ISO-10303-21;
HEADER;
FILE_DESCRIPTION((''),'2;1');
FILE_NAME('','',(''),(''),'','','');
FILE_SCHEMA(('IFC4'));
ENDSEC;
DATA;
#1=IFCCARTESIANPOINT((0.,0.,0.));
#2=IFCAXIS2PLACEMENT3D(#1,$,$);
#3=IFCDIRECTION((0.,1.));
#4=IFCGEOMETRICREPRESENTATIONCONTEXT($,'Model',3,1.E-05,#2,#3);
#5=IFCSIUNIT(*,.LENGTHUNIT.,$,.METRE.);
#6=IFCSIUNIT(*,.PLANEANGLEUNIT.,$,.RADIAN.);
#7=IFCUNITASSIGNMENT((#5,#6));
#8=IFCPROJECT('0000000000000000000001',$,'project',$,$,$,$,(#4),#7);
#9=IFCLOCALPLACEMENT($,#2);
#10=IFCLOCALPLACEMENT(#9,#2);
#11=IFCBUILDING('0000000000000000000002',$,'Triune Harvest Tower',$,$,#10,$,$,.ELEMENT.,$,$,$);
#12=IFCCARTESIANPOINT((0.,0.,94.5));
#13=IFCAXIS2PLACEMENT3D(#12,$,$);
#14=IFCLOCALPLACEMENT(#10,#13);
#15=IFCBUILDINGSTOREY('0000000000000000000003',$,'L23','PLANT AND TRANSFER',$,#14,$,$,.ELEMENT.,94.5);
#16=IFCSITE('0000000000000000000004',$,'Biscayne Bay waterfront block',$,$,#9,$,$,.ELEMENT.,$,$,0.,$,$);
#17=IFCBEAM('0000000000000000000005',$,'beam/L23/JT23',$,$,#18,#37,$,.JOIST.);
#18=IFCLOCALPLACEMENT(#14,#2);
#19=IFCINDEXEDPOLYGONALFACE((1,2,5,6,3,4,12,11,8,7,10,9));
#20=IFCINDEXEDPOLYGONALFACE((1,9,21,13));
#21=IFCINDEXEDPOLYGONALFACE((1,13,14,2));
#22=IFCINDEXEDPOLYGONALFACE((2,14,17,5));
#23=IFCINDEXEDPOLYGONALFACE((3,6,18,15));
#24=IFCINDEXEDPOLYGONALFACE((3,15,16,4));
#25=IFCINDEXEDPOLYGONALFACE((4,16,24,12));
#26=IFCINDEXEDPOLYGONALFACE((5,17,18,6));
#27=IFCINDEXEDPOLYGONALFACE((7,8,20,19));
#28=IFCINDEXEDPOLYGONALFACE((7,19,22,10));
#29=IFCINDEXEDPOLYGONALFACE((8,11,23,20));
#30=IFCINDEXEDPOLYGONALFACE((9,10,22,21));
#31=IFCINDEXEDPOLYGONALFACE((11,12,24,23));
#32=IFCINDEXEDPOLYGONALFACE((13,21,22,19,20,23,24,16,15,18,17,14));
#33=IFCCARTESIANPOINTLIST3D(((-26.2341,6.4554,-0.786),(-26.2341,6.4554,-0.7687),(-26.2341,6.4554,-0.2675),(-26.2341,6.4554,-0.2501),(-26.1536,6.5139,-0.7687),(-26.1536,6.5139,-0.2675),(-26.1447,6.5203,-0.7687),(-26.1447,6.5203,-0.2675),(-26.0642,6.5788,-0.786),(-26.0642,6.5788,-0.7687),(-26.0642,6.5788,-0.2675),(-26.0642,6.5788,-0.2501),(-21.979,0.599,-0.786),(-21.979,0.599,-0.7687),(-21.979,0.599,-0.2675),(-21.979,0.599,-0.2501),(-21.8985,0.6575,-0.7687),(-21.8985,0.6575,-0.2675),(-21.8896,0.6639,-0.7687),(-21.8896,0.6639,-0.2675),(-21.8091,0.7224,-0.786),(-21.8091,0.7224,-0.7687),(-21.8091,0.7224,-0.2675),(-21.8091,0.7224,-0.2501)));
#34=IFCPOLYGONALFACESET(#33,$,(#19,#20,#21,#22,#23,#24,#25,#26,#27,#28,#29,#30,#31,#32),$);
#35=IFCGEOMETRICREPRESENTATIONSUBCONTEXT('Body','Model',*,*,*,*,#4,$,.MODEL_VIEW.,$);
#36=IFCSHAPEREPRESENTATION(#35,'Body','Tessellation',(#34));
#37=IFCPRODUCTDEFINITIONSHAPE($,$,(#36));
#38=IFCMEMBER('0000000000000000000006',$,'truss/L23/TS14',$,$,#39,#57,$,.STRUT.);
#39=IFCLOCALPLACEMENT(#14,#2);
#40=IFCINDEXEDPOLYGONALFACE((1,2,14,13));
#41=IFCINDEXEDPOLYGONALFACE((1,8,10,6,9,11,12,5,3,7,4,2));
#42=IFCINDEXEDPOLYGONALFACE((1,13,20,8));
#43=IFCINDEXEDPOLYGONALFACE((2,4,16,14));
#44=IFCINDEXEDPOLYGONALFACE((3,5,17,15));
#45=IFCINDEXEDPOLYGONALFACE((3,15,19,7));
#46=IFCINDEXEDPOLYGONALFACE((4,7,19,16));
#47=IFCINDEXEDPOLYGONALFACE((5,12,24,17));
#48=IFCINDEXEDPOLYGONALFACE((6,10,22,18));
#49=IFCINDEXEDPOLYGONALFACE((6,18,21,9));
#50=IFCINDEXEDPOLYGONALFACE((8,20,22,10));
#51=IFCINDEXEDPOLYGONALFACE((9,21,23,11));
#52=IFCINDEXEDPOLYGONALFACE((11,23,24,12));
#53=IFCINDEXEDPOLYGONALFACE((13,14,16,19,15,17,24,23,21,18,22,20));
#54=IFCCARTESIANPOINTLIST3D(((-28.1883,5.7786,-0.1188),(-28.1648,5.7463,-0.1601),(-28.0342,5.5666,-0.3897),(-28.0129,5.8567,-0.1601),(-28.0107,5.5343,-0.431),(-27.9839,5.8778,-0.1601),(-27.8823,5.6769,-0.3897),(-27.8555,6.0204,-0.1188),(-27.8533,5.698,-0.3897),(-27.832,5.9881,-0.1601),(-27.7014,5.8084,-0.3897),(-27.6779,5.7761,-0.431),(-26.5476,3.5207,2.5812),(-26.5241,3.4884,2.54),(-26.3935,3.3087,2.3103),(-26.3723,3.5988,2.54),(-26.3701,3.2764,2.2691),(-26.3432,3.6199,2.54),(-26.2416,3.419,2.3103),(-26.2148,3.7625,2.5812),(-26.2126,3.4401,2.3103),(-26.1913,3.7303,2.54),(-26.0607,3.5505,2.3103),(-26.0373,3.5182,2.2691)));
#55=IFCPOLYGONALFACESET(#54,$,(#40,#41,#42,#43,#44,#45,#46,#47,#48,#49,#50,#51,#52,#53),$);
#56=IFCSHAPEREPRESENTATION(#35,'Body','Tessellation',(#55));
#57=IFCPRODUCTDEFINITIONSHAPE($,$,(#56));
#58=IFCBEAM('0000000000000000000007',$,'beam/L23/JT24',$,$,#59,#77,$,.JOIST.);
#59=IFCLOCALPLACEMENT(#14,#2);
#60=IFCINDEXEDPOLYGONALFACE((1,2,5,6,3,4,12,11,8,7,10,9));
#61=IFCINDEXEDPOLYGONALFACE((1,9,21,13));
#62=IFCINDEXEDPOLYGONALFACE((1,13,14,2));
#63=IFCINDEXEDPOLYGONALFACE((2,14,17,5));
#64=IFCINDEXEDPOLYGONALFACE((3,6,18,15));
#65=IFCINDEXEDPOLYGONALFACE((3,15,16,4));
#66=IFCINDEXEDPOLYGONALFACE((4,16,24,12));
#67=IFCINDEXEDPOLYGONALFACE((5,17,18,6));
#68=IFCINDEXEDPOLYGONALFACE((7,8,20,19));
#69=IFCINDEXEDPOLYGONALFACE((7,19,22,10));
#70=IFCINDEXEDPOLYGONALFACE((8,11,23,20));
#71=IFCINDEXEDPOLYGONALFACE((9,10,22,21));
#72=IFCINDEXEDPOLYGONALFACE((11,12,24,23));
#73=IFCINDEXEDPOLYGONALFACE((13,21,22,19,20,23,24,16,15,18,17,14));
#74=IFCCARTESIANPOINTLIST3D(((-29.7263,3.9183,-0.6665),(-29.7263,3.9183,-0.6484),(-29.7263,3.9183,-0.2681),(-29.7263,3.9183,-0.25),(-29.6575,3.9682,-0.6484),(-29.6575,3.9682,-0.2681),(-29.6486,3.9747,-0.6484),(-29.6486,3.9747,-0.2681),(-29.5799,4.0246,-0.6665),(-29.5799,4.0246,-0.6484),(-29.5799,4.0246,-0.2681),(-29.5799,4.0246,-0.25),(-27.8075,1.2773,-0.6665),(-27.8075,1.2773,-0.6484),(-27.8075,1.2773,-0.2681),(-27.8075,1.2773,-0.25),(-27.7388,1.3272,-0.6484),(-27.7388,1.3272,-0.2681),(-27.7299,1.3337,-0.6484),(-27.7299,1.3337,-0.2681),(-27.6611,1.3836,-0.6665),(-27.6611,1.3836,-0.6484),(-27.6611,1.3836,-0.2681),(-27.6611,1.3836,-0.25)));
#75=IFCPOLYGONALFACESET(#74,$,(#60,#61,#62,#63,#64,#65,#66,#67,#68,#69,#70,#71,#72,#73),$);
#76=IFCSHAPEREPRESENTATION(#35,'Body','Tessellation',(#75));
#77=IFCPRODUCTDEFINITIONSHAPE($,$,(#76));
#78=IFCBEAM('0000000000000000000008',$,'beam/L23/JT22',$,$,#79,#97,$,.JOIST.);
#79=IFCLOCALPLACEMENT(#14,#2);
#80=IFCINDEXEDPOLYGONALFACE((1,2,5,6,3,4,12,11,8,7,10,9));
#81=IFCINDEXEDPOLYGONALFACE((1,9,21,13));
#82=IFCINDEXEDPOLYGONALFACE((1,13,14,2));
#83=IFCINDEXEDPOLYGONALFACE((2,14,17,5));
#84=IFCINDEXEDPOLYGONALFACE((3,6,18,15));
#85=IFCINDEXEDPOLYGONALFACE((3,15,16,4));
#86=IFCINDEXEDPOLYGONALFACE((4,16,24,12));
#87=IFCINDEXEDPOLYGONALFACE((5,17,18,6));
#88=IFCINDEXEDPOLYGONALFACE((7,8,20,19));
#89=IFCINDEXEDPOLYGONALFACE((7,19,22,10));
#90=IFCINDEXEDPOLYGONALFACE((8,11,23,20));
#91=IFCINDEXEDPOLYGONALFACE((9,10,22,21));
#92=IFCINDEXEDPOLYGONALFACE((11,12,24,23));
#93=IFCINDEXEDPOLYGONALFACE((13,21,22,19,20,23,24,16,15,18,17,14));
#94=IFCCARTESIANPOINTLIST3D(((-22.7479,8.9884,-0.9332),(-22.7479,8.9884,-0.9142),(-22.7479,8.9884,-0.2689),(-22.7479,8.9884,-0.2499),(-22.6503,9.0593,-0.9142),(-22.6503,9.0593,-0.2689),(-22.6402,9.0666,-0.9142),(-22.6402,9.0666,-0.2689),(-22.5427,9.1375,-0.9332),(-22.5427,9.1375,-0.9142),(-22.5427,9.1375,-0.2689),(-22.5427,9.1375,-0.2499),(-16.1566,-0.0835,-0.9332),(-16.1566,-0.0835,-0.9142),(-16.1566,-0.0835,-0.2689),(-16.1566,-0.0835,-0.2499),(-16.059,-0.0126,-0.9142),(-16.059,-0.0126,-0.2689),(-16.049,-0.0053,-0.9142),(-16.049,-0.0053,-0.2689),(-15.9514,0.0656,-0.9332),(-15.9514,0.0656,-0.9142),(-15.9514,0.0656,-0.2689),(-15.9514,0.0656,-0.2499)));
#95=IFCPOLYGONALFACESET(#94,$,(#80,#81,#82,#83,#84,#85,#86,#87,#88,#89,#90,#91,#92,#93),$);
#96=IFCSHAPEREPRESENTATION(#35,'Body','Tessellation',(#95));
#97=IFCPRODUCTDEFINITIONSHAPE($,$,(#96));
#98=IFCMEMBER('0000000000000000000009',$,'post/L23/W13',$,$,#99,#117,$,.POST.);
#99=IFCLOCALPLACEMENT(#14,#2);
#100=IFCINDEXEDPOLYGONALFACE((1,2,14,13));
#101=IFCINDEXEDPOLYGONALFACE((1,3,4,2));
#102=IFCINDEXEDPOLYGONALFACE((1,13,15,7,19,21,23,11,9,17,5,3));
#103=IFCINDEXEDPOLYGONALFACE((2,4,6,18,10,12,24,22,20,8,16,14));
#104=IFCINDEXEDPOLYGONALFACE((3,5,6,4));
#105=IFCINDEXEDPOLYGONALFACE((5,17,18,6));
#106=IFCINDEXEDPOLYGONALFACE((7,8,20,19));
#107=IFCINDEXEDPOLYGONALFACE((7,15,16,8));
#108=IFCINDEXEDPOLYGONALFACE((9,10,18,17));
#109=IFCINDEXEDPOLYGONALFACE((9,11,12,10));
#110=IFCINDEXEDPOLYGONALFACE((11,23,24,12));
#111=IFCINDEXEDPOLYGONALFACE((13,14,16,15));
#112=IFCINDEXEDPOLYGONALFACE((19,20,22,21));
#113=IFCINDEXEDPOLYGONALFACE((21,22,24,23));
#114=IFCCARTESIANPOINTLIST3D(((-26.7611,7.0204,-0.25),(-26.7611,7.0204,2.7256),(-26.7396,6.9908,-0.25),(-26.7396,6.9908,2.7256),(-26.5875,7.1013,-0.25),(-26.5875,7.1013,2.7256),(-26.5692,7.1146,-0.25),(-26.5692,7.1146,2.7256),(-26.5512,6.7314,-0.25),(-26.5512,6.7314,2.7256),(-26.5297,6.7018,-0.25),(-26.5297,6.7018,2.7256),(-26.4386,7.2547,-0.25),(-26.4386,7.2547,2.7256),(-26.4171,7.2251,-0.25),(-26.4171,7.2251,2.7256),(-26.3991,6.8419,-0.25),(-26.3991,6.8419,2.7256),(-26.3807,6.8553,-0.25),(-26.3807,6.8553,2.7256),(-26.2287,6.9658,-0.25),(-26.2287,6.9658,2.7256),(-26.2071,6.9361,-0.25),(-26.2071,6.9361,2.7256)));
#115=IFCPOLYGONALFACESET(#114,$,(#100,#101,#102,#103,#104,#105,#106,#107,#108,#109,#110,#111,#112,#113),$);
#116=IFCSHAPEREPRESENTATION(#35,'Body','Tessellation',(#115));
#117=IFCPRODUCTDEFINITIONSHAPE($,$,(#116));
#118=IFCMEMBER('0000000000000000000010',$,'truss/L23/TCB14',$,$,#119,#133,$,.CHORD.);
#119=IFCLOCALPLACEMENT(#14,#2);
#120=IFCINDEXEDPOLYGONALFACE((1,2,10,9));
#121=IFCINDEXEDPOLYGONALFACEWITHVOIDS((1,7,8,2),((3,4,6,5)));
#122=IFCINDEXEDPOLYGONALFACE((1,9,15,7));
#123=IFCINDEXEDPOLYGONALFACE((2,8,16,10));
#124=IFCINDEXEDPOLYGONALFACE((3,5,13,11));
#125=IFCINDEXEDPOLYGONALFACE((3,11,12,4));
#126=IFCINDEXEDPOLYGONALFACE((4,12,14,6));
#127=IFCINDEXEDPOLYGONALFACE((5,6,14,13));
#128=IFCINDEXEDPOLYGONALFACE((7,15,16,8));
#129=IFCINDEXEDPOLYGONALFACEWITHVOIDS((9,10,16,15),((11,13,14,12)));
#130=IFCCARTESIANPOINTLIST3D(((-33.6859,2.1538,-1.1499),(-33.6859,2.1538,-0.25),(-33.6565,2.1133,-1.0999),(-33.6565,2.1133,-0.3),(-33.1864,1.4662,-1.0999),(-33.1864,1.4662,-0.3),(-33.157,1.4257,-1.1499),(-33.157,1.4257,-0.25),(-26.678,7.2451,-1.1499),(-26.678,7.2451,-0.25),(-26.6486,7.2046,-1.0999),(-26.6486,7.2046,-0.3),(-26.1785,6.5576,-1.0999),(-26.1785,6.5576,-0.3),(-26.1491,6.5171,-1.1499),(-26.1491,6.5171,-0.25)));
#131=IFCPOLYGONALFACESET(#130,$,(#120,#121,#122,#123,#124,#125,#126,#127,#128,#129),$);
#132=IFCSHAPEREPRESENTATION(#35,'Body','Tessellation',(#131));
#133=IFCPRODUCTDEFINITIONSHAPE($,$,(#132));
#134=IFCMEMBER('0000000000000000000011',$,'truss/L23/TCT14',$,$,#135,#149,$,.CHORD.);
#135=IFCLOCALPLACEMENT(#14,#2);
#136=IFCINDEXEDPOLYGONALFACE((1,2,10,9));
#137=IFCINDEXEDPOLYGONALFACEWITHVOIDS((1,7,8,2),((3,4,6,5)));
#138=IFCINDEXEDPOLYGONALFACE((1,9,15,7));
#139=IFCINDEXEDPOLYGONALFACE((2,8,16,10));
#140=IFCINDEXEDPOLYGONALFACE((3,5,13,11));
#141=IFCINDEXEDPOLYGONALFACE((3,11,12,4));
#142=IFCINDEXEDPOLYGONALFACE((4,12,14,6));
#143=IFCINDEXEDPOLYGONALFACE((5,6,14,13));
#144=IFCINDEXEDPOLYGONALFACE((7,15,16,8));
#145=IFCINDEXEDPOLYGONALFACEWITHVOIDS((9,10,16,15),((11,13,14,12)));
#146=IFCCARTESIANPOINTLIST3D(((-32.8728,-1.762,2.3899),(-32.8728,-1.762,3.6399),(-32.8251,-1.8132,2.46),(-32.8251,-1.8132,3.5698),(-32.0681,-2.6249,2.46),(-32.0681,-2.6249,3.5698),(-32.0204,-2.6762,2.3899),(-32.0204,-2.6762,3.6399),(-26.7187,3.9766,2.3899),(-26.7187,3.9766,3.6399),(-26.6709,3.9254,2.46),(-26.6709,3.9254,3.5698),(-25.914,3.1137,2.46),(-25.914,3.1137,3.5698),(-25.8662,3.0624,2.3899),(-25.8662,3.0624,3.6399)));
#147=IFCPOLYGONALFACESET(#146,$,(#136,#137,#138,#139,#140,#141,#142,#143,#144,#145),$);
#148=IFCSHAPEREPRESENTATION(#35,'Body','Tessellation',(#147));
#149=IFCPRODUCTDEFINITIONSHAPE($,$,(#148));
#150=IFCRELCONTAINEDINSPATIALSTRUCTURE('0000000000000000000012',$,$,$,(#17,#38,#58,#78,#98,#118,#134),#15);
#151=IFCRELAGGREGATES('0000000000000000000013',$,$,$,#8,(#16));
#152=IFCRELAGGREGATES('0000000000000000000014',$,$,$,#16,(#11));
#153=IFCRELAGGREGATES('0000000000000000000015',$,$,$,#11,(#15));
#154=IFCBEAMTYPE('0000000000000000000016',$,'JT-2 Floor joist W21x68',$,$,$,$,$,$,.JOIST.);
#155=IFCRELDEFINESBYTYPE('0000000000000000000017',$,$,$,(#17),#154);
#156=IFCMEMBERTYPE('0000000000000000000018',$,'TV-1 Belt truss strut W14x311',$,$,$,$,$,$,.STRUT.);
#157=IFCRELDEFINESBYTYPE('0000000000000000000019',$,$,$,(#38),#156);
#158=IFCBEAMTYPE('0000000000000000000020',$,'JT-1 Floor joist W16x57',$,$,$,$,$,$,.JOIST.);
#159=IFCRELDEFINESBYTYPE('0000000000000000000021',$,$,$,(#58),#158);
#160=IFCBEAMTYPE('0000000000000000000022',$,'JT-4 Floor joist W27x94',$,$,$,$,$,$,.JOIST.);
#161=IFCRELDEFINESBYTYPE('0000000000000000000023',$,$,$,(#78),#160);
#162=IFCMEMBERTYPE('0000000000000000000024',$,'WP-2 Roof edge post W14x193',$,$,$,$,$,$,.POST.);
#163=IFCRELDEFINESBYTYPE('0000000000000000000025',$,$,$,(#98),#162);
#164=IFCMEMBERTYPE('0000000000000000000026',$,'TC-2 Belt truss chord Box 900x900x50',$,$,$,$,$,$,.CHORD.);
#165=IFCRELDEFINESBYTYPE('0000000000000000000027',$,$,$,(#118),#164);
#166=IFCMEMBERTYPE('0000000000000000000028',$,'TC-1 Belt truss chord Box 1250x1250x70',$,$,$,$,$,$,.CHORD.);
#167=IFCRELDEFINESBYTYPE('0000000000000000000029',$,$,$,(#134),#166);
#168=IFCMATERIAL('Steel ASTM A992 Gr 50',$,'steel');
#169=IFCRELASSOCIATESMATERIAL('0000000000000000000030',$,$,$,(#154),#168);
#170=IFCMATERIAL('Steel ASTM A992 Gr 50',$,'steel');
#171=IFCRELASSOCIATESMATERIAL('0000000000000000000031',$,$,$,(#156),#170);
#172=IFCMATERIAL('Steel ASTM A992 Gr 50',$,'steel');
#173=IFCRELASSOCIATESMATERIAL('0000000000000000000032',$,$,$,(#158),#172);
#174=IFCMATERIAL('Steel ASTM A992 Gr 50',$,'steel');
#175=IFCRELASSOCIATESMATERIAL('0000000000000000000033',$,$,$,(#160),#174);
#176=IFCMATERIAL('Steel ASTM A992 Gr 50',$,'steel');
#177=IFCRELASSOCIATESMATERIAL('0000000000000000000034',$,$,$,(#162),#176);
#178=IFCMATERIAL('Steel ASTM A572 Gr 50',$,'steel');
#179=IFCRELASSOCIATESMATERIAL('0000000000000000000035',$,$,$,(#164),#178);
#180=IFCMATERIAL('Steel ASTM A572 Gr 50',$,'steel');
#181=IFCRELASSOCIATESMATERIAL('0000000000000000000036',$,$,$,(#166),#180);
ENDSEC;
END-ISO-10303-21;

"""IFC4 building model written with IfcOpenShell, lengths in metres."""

from ifc_helpers import new_model, si_unit, direction, frame, origin, origin_2d, place, context, subcontext, project, spatial, hollow_rectangle, i_section, extrude, source, transform, mapped, material, material_profile, profile_set, type_object, element, save


model = new_model("IFC4")

# Units and contexts
model_context = context("Model", 3, precision=1e-05, world=origin(), true_north=direction((0.0, 1.0)))
body_context = subcontext(model_context, "Body", "Model", "MODEL_VIEW")
ifc_project = project(units=[si_unit("LENGTHUNIT", "METRE"), si_unit("PLANEANGLEUNIT", "RADIAN")], contexts=[model_context])

# Site, building, storey
site_placement = place(None, origin())
site = spatial("IfcSite", under=ifc_project, at=site_placement, Name="Biscayne Bay waterfront block", CompositionType="ELEMENT", RefElevation=0.0)
building_placement = place(site_placement, origin())
building = spatial("IfcBuilding", under=site, at=building_placement, Name="Triune Harvest Tower", CompositionType="ELEMENT")
storey_placement = place(building_placement, frame((0.0, 0.0, 94.5)))
storey = spatial("IfcBuildingStorey", under=building, at=storey_placement, Name="L23", Description="PLANT AND TRANSFER", CompositionType="ELEMENT", Elevation=94.5)

# Beam
ifc_material_1 = material(Name="Steel ASTM A992 Gr 50", Category="steel")
ifc_material_profile_1 = material_profile(ifc_material_1, i_section(OverallWidth=0.21, OverallDepth=0.5359, WebThickness=0.011, FlangeThickness=0.0173, at=origin_2d()), Name="W21x68")
ifc_profile_set_1 = profile_set([ifc_material_profile_1], Name="Steel ASTM A992 Gr 50")
beam_type_1 = type_object("IfcBeamType", Name="JT-2 Floor joist W21x68", PredefinedType="JOIST", material=ifc_profile_set_1)
beam_1_placement = place(storey_placement, frame((-26.1492, 6.5171, -0.5181), z_axis=(0.587801, -0.809006, 0.0), x_axis=(0.809006, 0.587801, 0.0)))
element("IfcBeam", 1, at=beam_1_placement, inside=storey, type_object=beam_type_1, Name="beam/L23/JT23", PredefinedType="JOIST", context=body_context, shape_type="SweptSolid", body=[
    extrude(i_section(OverallWidth=0.21, OverallDepth=0.5359, WebThickness=0.011, FlangeThickness=0.0173, at=origin_2d()), origin(), (0.0, 0.0, 1.0), 7.239),
])

# Member
ifc_material_2 = material(Name="Steel ASTM A992 Gr 50", Category="steel")
ifc_material_profile_2 = material_profile(ifc_material_2, i_section(OverallWidth=0.4114, OverallDepth=0.4343, WebThickness=0.0359, FlangeThickness=0.0574, at=origin_2d()), Name="W14x311")
ifc_profile_set_2 = profile_set([ifc_material_profile_2], Name="Steel ASTM A992 Gr 50")
member_type_1 = type_object("IfcMemberType", Name="TV-1 Belt truss strut W14x311", PredefinedType="STRUT", material=ifc_profile_set_2)
member_1_placement = place(storey_placement, frame((-27.9331, 5.7773, -0.2749), z_axis=(0.422495, -0.581434, 0.695293), x_axis=(0.808978, 0.587839, 0.0)))
element("IfcMember", 2, at=member_1_placement, inside=storey, type_object=member_type_1, Name="truss/L23/TS14", PredefinedType="STRUT", context=body_context, shape_type="SweptSolid", body=[
    extrude(i_section(OverallWidth=0.4114, OverallDepth=0.4343, WebThickness=0.0359, FlangeThickness=0.0574, at=origin_2d()), origin(), (0.0, 0.0, 1.0), 3.8833),
])

# Beams
ifc_material_3 = material(Name="Steel ASTM A992 Gr 50", Category="steel")
ifc_material_profile_3 = material_profile(ifc_material_3, i_section(OverallWidth=0.1809, OverallDepth=0.4165, WebThickness=0.011, FlangeThickness=0.0181, at=origin_2d()), Name="W16x57")
ifc_profile_set_3 = profile_set([ifc_material_profile_3], Name="Steel ASTM A992 Gr 50")
beam_type_2 = type_object("IfcBeamType", Name="JT-1 Floor joist W16x57", PredefinedType="JOIST", material=ifc_profile_set_3)
shared_shape_1 = source(origin(), body_context, "Body", "SweptSolid", [
    extrude(i_section(OverallWidth=0.1809, OverallDepth=0.4165, WebThickness=0.011, FlangeThickness=0.0181, at=origin_2d()), origin(), (0.0, 0.0, 1.0), 3.2644),
])
beam_2_placement = place(storey_placement, frame((-29.6531, 3.9714, -0.4583), z_axis=(0.587785, -0.809017, 0.0), x_axis=(0.809017, 0.587785, 0.0)))
element("IfcBeam", 3, at=beam_2_placement, inside=storey, type_object=beam_type_2, Name="beam/L23/JT24", PredefinedType="JOIST", context=body_context, shape_type="MappedRepresentation", body=[
    mapped(shared_shape_1, transform((0.0, 0.0, 0.0), scale=1.0)),
])
ifc_material_4 = material(Name="Steel ASTM A992 Gr 50", Category="steel")
ifc_material_profile_4 = material_profile(ifc_material_4, i_section(OverallWidth=0.2537, OverallDepth=0.6833, WebThickness=0.0125, FlangeThickness=0.019, at=origin_2d()), Name="W27x94")
ifc_profile_set_4 = profile_set([ifc_material_profile_4], Name="Steel ASTM A992 Gr 50")
beam_type_3 = type_object("IfcBeamType", Name="JT-4 Floor joist W27x94", PredefinedType="JOIST", material=ifc_profile_set_4)
shared_shape_2 = source(origin(), body_context, "Body", "SweptSolid", [
    extrude(i_section(OverallWidth=0.2537, OverallDepth=0.6833, WebThickness=0.0125, FlangeThickness=0.019, at=origin_2d()), origin(), (0.0, 0.0, 1.0), 11.2136),
])
beam_3_placement = place(storey_placement, frame((-22.6453, 9.063, -0.5916), z_axis=(0.587791, -0.809013, 0.0), x_axis=(0.809013, 0.587791, 0.0)))
element("IfcBeam", 4, at=beam_3_placement, inside=storey, type_object=beam_type_3, Name="beam/L23/JT22", PredefinedType="JOIST", context=body_context, shape_type="MappedRepresentation", body=[
    mapped(shared_shape_2, transform((0.0, 0.0, 0.0), scale=1.0)),
])

# Members
ifc_material_5 = material(Name="Steel ASTM A992 Gr 50", Category="steel")
ifc_material_profile_5 = material_profile(ifc_material_5, i_section(OverallWidth=0.3987, OverallDepth=0.3938, WebThickness=0.0227, FlangeThickness=0.0366, at=origin_2d()), Name="W14x193")
ifc_profile_set_5 = profile_set([ifc_material_profile_5], Name="Steel ASTM A992 Gr 50")
member_type_2 = type_object("IfcMemberType", Name="WP-2 Roof edge post W14x193", PredefinedType="POST", material=ifc_profile_set_5)
shared_shape_3 = source(origin(), body_context, "Body", "SweptSolid", [
    extrude(i_section(OverallWidth=0.3987, OverallDepth=0.3938, WebThickness=0.0227, FlangeThickness=0.0366, at=origin_2d()), origin(), (0.0, 0.0, 1.0), 2.9756),
])
member_2_placement = place(storey_placement, frame((-26.4841, 6.9783, -0.25), z_axis=(0.0, 0.0, 1.0), x_axis=(-0.809017, -0.587785, 0.0)))
element("IfcMember", 5, at=member_2_placement, inside=storey, type_object=member_type_2, Name="post/L23/W13", PredefinedType="POST", context=body_context, shape_type="MappedRepresentation", body=[
    mapped(shared_shape_3, transform((0.0, 0.0, 0.0), scale=1.0)),
])
ifc_material_6 = material(Name="Steel ASTM A572 Gr 50", Category="steel")
ifc_material_profile_6 = material_profile(ifc_material_6, hollow_rectangle(XDim=0.8999, YDim=0.8999, WallThickness=0.05, at=origin_2d()), Name="Box 900x900x50")
ifc_profile_set_6 = profile_set([ifc_material_profile_6], Name="Steel ASTM A572 Gr 50")
member_type_3 = type_object("IfcMemberType", Name="TC-2 Belt truss chord Box 900x900x50", PredefinedType="CHORD", material=ifc_profile_set_6)
shared_shape_4 = source(origin(), body_context, "Body", "SweptSolid", [
    extrude(hollow_rectangle(XDim=0.8999, YDim=0.8999, WallThickness=0.05, at=origin_2d()), origin(), (0.0, 0.0, 1.0), 8.6621),
])
member_3_placement = place(storey_placement, frame((-26.4136, 6.8811, -0.7), z_axis=(-0.809026, -0.587773, 0.0), x_axis=(0.587773, -0.809026, 0.0)))
element("IfcMember", 6, at=member_3_placement, inside=storey, type_object=member_type_3, Name="truss/L23/TCB14", PredefinedType="CHORD", context=body_context, shape_type="MappedRepresentation", body=[
    mapped(shared_shape_4, transform((0.0, 0.0, 0.0), scale=1.0)),
])
ifc_material_7 = material(Name="Steel ASTM A572 Gr 50", Category="steel")
ifc_material_profile_7 = material_profile(ifc_material_7, hollow_rectangle(XDim=1.25, YDim=1.25, WallThickness=0.0701, at=origin_2d()), Name="Box 1250x1250x70")
ifc_profile_set_7 = profile_set([ifc_material_profile_7], Name="Steel ASTM A572 Gr 50")
member_type_4 = type_object("IfcMemberType", Name="TC-1 Belt truss chord Box 1250x1250x70", PredefinedType="CHORD", material=ifc_profile_set_7)
shared_shape_5 = source(origin(), body_context, "Body", "SweptSolid", [
    extrude(hollow_rectangle(XDim=1.25, YDim=1.25, WallThickness=0.0701, at=origin_2d()), origin(), (0.0, 0.0, 1.0), 8.4146),
])
member_4_placement = place(storey_placement, frame((-26.2925, 3.5195, 3.0149), z_axis=(-0.731367, -0.681984, 0.0), x_axis=(0.681984, -0.731367, 0.0)))
element("IfcMember", 7, at=member_4_placement, inside=storey, type_object=member_type_4, Name="truss/L23/TCT14", PredefinedType="CHORD", context=body_context, shape_type="MappedRepresentation", body=[
    mapped(shared_shape_5, transform((0.0, 0.0, 0.0), scale=1.0)),
])

save(model, "model.ifc")
